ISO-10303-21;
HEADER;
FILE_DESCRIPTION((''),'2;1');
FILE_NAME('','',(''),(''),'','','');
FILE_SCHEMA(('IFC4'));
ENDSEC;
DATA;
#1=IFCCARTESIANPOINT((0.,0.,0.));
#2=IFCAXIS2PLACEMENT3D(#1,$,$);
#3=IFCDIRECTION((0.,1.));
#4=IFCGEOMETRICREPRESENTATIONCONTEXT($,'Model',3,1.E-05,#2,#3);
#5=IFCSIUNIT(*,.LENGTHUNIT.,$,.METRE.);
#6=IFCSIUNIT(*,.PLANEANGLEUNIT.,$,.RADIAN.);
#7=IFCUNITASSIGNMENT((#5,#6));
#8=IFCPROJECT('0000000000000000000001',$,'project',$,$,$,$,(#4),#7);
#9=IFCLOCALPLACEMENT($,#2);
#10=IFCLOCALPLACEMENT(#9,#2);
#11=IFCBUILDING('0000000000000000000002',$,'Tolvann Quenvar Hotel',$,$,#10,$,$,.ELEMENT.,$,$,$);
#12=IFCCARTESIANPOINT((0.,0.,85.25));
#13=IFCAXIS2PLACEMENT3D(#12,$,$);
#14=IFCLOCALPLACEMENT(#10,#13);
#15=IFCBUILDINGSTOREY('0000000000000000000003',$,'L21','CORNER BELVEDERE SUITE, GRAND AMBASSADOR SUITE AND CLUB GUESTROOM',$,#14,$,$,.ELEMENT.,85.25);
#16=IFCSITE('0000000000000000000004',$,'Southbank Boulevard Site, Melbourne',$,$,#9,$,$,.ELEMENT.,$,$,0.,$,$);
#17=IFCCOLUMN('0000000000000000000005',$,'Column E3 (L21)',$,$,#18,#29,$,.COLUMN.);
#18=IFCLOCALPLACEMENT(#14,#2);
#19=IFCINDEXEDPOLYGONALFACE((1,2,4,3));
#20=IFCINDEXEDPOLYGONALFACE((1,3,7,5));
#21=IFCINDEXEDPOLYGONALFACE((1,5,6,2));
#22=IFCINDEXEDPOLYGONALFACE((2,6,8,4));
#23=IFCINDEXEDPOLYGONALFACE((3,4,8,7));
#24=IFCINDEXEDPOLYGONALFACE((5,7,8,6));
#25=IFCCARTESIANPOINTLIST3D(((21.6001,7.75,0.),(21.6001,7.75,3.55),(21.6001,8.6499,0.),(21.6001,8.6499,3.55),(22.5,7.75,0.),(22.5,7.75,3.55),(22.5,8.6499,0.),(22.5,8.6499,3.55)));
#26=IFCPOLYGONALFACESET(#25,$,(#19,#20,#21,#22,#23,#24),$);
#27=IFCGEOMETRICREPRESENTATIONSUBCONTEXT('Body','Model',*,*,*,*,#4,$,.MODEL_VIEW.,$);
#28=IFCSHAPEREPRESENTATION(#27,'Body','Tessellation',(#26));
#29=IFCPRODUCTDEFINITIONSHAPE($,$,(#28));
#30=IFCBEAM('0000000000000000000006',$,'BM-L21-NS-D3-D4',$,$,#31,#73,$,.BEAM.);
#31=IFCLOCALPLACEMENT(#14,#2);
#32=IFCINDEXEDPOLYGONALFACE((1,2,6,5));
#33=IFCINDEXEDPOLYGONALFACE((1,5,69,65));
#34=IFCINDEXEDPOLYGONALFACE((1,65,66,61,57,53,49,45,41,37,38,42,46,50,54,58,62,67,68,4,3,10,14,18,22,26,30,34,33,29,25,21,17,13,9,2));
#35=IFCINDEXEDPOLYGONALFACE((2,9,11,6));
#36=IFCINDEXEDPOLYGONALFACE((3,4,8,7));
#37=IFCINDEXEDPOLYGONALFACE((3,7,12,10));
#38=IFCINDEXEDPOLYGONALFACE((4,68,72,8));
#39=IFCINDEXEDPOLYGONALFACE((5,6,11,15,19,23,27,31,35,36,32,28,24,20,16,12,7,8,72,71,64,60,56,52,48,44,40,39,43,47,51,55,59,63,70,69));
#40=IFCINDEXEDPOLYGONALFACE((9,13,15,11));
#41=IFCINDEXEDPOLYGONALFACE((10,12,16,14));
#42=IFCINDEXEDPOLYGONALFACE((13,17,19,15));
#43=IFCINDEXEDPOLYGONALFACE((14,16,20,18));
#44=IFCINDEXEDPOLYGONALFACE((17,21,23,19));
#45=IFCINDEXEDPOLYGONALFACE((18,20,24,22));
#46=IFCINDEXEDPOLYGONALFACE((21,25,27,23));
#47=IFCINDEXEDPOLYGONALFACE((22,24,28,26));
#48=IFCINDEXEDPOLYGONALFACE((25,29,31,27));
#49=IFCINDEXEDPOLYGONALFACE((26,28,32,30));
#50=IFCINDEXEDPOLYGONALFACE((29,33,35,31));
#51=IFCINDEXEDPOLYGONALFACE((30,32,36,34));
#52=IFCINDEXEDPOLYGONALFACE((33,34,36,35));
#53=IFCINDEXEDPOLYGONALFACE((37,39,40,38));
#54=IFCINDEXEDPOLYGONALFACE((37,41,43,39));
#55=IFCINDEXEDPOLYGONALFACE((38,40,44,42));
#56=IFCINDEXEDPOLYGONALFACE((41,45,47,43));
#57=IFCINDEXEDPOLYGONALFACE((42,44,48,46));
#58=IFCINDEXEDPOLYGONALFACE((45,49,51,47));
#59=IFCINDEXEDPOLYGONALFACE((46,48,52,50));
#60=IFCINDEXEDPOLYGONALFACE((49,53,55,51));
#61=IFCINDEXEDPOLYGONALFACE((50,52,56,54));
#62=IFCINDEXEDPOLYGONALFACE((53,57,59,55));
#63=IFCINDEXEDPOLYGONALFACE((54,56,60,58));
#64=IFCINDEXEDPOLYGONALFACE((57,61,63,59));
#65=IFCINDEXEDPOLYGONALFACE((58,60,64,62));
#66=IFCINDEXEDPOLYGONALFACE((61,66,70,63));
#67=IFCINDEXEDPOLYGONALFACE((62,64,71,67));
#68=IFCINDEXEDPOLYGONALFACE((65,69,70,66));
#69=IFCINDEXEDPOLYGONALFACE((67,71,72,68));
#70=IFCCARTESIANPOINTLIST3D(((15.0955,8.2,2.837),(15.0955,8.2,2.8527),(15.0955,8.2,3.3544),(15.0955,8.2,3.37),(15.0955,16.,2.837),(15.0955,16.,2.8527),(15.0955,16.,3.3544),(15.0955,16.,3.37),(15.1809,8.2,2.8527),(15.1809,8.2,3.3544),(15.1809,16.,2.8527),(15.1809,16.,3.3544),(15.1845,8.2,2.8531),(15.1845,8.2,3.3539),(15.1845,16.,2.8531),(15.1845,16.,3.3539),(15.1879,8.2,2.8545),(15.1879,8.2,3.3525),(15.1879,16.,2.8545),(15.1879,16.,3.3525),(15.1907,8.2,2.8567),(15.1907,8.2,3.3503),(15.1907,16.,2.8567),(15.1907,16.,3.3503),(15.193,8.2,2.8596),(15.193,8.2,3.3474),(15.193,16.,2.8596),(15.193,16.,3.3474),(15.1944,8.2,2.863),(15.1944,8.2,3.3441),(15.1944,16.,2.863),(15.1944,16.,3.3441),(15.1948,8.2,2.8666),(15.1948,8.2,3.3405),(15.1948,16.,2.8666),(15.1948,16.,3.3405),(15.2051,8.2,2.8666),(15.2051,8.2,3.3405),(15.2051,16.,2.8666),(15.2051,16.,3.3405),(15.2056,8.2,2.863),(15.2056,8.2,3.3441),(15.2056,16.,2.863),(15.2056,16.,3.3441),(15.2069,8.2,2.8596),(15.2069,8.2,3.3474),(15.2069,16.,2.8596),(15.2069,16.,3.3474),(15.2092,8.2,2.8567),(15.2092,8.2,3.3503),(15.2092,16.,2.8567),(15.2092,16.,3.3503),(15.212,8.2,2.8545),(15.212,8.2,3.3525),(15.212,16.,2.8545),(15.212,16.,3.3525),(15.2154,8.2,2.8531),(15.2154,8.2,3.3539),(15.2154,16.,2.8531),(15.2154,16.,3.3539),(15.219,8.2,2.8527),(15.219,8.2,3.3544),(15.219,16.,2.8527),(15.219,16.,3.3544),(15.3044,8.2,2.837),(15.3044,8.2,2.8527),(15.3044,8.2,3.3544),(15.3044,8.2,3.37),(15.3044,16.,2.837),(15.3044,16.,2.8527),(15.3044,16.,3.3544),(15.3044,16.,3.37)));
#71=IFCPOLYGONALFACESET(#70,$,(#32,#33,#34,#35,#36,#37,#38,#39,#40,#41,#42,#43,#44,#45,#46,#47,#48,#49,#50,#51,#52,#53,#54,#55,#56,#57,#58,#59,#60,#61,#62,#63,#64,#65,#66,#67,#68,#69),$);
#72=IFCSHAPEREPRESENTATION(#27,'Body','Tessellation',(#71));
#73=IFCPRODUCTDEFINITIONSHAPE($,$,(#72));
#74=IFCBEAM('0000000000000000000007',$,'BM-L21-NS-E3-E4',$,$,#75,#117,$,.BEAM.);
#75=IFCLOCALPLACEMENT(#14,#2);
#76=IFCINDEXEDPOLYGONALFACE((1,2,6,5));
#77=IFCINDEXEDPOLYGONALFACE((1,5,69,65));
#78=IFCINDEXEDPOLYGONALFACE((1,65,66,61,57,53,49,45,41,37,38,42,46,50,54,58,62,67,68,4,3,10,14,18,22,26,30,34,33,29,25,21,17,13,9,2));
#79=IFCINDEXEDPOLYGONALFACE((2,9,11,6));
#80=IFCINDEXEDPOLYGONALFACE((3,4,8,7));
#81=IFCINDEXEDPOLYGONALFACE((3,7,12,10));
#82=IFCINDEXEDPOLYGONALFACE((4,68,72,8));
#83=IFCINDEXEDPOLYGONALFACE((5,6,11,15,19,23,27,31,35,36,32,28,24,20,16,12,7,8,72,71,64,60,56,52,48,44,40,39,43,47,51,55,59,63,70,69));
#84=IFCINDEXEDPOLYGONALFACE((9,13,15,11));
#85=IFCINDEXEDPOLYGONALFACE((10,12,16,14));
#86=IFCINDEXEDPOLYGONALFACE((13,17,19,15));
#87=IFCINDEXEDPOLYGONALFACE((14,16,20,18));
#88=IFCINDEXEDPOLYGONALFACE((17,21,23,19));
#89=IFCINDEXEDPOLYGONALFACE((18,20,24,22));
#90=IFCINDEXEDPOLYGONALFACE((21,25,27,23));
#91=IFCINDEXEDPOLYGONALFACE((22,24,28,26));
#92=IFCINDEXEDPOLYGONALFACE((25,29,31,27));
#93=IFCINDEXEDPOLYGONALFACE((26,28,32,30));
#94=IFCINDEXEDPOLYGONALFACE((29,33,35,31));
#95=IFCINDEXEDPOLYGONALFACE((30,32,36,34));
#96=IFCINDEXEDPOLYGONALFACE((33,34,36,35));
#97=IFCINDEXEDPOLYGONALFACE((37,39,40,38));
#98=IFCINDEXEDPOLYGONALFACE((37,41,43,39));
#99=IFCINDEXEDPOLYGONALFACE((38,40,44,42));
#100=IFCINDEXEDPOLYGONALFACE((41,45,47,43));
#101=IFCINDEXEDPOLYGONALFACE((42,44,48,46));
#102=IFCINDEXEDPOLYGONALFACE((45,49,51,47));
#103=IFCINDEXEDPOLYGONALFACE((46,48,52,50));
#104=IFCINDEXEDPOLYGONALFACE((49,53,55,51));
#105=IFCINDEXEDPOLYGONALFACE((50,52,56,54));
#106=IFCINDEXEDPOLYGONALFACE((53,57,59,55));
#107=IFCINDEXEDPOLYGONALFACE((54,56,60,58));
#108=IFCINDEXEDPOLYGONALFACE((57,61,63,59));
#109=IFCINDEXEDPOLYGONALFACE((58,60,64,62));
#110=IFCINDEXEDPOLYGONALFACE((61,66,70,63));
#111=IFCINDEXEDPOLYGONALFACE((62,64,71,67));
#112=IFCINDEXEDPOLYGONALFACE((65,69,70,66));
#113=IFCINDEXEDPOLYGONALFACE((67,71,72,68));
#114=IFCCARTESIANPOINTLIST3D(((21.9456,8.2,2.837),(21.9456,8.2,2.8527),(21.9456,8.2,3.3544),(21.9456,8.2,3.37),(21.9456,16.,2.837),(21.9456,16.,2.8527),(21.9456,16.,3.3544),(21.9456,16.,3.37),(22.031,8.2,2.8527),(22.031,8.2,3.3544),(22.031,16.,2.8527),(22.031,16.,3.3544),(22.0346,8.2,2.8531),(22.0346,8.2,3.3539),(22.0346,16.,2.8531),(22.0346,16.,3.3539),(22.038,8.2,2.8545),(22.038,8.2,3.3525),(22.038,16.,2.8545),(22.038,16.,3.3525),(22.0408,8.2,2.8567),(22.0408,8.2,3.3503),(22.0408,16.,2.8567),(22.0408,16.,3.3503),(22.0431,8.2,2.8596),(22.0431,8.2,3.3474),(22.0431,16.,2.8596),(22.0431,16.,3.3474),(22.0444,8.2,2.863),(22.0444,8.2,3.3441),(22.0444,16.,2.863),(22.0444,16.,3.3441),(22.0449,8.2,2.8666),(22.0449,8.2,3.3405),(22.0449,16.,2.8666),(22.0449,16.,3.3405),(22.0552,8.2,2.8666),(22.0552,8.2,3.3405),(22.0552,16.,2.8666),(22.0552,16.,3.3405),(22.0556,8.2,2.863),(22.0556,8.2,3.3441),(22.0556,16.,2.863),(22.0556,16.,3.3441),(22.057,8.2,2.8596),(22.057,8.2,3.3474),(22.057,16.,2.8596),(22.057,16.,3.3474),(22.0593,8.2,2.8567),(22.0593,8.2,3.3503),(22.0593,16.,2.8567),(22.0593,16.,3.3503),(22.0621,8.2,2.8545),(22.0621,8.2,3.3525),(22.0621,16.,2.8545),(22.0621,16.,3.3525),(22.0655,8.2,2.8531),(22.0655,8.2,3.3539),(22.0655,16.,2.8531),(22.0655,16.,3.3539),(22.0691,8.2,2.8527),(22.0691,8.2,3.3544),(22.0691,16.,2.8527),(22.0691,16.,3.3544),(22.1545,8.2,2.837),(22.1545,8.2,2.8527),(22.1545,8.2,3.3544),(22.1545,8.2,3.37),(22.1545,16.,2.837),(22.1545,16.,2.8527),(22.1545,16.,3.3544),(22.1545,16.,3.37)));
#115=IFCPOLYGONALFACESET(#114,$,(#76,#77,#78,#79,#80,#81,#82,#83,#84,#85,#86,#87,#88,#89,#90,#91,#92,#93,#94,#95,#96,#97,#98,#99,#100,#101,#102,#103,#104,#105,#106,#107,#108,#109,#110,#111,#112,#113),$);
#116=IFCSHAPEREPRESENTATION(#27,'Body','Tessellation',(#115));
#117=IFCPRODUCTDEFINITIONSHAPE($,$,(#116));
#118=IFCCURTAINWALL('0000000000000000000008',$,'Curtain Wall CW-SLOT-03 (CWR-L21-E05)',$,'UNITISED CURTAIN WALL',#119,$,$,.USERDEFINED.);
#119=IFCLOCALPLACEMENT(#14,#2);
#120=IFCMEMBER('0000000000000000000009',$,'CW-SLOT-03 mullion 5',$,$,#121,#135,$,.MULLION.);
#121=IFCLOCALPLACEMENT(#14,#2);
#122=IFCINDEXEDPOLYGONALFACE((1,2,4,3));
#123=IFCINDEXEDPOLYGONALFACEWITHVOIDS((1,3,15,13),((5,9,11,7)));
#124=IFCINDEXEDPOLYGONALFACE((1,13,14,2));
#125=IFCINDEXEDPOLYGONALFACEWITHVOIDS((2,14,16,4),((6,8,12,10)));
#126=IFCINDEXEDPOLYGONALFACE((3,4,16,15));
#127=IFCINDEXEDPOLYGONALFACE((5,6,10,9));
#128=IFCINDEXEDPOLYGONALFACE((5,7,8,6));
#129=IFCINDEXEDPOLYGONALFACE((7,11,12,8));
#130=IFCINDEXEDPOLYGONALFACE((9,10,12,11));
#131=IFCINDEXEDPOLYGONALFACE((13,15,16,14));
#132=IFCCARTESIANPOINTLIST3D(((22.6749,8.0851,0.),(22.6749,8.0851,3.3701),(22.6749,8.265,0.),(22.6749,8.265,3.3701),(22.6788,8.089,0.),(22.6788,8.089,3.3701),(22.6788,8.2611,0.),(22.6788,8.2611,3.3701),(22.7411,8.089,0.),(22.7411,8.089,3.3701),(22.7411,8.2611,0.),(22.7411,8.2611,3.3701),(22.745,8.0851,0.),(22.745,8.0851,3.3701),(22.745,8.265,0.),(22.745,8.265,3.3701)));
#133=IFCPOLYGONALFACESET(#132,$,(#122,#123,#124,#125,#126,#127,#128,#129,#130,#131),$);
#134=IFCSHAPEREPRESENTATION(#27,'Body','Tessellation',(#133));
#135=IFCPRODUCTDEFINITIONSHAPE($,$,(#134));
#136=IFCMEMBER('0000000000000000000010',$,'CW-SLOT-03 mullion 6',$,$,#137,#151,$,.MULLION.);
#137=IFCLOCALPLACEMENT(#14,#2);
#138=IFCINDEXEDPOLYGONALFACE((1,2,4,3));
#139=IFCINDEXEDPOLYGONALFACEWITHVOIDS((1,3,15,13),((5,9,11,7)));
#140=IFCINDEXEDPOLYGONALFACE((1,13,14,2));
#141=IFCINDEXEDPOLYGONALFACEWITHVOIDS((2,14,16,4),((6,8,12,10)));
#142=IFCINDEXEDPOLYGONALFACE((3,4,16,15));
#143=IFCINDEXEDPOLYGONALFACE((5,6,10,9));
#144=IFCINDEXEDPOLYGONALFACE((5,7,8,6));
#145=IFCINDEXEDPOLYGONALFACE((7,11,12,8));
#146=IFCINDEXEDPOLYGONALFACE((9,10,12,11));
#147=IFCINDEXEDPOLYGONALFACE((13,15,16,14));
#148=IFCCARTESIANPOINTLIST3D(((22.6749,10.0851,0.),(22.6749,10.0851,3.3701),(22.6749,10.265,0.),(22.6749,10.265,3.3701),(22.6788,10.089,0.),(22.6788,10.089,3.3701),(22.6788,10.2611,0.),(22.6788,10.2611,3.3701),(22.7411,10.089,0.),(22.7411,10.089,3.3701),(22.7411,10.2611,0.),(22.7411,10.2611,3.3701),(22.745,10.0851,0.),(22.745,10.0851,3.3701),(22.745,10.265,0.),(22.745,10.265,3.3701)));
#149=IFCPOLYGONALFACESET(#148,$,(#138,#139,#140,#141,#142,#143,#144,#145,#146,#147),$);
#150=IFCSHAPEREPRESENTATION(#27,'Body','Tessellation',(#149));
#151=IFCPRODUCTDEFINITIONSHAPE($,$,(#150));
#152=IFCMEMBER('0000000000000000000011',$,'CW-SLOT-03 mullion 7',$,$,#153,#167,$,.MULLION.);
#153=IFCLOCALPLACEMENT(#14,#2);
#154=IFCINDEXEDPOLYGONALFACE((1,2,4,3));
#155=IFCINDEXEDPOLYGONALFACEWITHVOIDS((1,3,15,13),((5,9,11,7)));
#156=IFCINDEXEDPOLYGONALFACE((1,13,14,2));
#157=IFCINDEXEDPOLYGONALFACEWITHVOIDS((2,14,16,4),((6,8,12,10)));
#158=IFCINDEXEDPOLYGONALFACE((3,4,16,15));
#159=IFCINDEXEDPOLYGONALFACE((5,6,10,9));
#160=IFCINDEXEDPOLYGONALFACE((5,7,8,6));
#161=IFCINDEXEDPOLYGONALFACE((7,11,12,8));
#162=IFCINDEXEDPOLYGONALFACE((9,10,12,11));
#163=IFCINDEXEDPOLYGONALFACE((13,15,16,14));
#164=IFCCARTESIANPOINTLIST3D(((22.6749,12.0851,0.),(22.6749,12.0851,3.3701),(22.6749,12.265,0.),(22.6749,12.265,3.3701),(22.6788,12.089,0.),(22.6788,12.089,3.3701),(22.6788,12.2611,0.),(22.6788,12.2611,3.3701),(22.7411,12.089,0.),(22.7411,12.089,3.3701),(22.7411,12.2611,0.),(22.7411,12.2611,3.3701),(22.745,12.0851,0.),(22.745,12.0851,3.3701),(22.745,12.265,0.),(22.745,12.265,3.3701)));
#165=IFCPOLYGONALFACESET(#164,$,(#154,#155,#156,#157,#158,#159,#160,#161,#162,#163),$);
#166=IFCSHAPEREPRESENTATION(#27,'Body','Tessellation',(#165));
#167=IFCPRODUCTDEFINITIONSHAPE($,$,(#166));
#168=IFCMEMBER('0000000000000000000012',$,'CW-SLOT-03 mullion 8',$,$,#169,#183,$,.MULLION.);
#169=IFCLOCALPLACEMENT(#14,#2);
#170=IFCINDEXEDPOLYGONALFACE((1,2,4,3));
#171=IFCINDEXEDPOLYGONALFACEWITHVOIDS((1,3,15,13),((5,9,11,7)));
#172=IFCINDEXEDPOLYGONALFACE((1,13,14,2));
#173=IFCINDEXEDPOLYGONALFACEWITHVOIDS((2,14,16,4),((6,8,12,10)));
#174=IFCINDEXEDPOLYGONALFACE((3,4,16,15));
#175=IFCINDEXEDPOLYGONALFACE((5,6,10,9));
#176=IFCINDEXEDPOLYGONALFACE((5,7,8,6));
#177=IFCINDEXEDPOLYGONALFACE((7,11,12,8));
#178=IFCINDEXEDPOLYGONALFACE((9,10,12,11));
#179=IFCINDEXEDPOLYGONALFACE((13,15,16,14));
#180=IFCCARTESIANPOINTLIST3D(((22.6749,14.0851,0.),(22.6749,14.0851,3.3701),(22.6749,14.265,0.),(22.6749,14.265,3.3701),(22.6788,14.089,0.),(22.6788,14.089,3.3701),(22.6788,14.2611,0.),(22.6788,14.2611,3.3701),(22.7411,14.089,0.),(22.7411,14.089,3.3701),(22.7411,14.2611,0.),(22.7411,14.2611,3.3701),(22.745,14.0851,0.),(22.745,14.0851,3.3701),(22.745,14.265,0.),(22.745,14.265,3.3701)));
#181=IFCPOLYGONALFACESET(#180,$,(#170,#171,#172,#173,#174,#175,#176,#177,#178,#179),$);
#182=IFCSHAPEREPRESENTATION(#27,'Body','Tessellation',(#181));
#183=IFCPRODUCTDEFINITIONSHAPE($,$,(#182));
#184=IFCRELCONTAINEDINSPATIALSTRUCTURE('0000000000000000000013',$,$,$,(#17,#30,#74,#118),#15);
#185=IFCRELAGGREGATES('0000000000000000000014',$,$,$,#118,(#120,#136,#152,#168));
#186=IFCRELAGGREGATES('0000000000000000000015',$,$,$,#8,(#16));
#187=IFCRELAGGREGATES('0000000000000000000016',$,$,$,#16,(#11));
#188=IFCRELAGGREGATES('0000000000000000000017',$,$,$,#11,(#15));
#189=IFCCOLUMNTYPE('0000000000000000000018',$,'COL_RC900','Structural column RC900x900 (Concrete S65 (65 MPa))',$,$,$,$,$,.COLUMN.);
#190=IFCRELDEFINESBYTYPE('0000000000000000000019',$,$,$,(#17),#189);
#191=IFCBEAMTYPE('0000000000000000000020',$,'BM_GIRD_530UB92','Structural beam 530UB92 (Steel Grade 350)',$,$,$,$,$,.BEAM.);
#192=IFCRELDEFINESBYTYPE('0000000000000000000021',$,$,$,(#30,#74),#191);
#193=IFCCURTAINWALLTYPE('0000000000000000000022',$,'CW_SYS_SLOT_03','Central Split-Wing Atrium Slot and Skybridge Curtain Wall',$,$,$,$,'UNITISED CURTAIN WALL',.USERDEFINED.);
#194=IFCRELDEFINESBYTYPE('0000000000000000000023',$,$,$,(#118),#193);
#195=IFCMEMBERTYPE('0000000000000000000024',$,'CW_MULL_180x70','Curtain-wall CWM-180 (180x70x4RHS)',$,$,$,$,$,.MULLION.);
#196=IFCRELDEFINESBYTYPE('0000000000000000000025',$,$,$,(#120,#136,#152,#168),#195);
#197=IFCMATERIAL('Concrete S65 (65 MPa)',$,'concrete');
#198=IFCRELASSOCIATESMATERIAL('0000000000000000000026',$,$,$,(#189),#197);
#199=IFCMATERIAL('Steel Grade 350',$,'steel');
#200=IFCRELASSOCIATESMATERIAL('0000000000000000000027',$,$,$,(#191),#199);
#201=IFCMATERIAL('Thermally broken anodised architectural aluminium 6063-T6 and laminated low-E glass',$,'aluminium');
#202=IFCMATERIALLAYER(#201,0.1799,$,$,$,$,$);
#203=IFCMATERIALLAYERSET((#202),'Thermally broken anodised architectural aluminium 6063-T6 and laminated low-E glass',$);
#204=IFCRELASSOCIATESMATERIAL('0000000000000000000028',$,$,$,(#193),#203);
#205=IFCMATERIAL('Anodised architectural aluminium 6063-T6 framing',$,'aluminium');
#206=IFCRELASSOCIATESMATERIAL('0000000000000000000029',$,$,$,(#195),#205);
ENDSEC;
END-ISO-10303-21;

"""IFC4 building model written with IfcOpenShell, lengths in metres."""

from ifc_helpers import new_model, si_unit, direction, frame, origin, origin_2d, place, context, subcontext, project, spatial, rectangle, hollow_rectangle, i_section, extrude, source, transform, mapped, material, layer, layer_set, material_profile, profile_set, type_object, type_shapes, element, aggregate, save


model = new_model("IFC4")

# Units and contexts
model_context = context("Model", 3, precision=1e-05, world=origin(), true_north=direction((0.0, 1.0)))
body_context = subcontext(model_context, "Body", "Model", "MODEL_VIEW")
ifc_project = project(units=[si_unit("LENGTHUNIT", "METRE"), si_unit("PLANEANGLEUNIT", "RADIAN")], contexts=[model_context])

# Site, building, storey
site_placement = place(None, origin())
site = spatial("IfcSite", under=ifc_project, at=site_placement, Name="Southbank Boulevard Site, Melbourne", CompositionType="ELEMENT", RefElevation=0.0)
building_placement = place(site_placement, origin())
building = spatial("IfcBuilding", under=site, at=building_placement, Name="Tolvann Quenvar Hotel", CompositionType="ELEMENT")
storey_placement = place(building_placement, frame((0.0, 0.0, 85.25)))
storey = spatial("IfcBuildingStorey", under=building, at=storey_placement, Name="L21", Description="CORNER BELVEDERE SUITE, GRAND AMBASSADOR SUITE AND CLUB GUESTROOM", CompositionType="ELEMENT", Elevation=85.25)

# Column
ifc_material_1 = material(Name="Concrete S65 (65 MPa)", Category="concrete")
ifc_material_profile_1 = material_profile(ifc_material_1, rectangle(XDim=0.8999, YDim=0.8999, at=origin_2d()), Name="RC900x900")
ifc_profile_set_1 = profile_set([ifc_material_profile_1], Name="Concrete S65 (65 MPa)")
column_type = type_object("IfcColumnType", Name="COL_RC900", Description="Structural column RC900x900 (Concrete S65 (65 MPa))", PredefinedType="COLUMN", material=ifc_profile_set_1)
shared_shape_1 = source(origin(), body_context, "Body", "SweptSolid", [
    extrude(rectangle(XDim=0.8999, YDim=0.8999, at=origin_2d()), origin(), (0.0, 0.0, 1.0), 3.55),
])
type_shapes(column_type, [shared_shape_1])
column_placement = place(storey_placement, frame((22.05, 8.2, 0.0), z_axis=(0.0, 0.0, 1.0), x_axis=(1.0, 0.0, 0.0)))
element("IfcColumn", 1, at=column_placement, inside=storey, type_object=column_type, Name="Column E3 (L21)", PredefinedType="COLUMN", context=body_context, shape_type="MappedRepresentation", body=[
    mapped(shared_shape_1, transform((0.0, 0.0, 0.0), x_axis=(1.0, 0.0, 0.0), y_axis=(0.0, 1.0, 0.0), z_axis=(0.0, 0.0, 1.0), scale=1.0)),
])

# Beams
ifc_material_2 = material(Name="Steel Grade 350", Category="steel")
ifc_material_profile_2 = material_profile(ifc_material_2, i_section(OverallWidth=0.209, OverallDepth=0.533, WebThickness=0.0103, FlangeThickness=0.0156, FilletRadius=0.0139, at=origin_2d()), Name="530UB92")
ifc_profile_set_2 = profile_set([ifc_material_profile_2], Name="Steel Grade 350")
beam_type = type_object("IfcBeamType", Name="BM_GIRD_530UB92", Description="Structural beam 530UB92 (Steel Grade 350)", PredefinedType="BEAM", material=ifc_profile_set_2)
shared_shape_2 = source(origin(), body_context, "Body", "SweptSolid", [
    extrude(i_section(OverallWidth=0.209, OverallDepth=0.533, WebThickness=0.0103, FlangeThickness=0.0156, FilletRadius=0.0139, at=origin_2d()), origin(), (0.0, 0.0, 1.0), 7.8),
])
type_shapes(beam_type, [shared_shape_2])
for number, where, z_axis, x_axis, name in (
    (2, (15.2, 8.2, 3.1035), (0.0, 1.0, 0.0), (-1.0, 0.0, 0.0), "BM-L21-NS-D3-D4"),
    (3, (22.05, 8.2, 3.1035), (0.0, 1.0, 0.0), (-1.0, 0.0, 0.0), "BM-L21-NS-E3-E4"),
):
    element("IfcBeam", number, at=place(storey_placement, frame(where, z_axis=z_axis, x_axis=x_axis)), inside=storey, type_object=beam_type, Name=name, PredefinedType="BEAM", context=body_context, shape_type="MappedRepresentation", body=[
        mapped(shared_shape_2, transform((0.0, 0.0, 0.0), x_axis=(1.0, 0.0, 0.0), y_axis=(0.0, 1.0, 0.0), z_axis=(0.0, 0.0, 1.0), scale=1.0)),
    ])

# Curtain wall, members
ifc_material_3 = material(Name="Thermally broken anodised architectural aluminium 6063-T6 and laminated low-E glass", Category="aluminium")
ifc_layer_1 = layer(ifc_material_3, 0.1799)
ifc_layer_set_1 = layer_set([ifc_layer_1], Name="Thermally broken anodised architectural aluminium 6063-T6 and laminated low-E glass")
curtain_wall_type = type_object("IfcCurtainWallType", Name="CW_SYS_SLOT_03", Description="Central Split-Wing Atrium Slot and Skybridge Curtain Wall", ElementType="UNITISED CURTAIN WALL", PredefinedType="USERDEFINED", material=ifc_layer_set_1)
curtain_wall_placement = place(storey_placement, origin())
curtain_wall = element("IfcCurtainWall", 4, at=curtain_wall_placement, inside=storey, type_object=curtain_wall_type, Name="Curtain Wall CW-SLOT-03 (CWR-L21-E05)", ObjectType="UNITISED CURTAIN WALL", PredefinedType="USERDEFINED")
ifc_material_4 = material(Name="Anodised architectural aluminium 6063-T6 framing", Category="aluminium")
ifc_material_profile_3 = material_profile(ifc_material_4, hollow_rectangle(XDim=0.0701, YDim=0.1799, WallThickness=0.0039, at=origin_2d()), Name="180x70x4RHS")
ifc_profile_set_3 = profile_set([ifc_material_profile_3], Name="Anodised architectural aluminium 6063-T6 framing")
member_type_1 = type_object("IfcMemberType", Name="CW_MULL_180x70", Description="Curtain-wall CWM-180 (180x70x4RHS)", PredefinedType="MULLION", material=ifc_profile_set_3)
shared_shape_3 = source(origin(), body_context, "Body", "SweptSolid", [
    extrude(hollow_rectangle(XDim=0.0701, YDim=0.1799, WallThickness=0.0039, at=origin_2d()), origin(), (0.0, 0.0, 1.0), 3.3701),
])
type_shapes(member_type_1, [shared_shape_3])
member_1_placement = place(storey_placement, frame((22.71, 8.175, 0.0), z_axis=(0.0, 0.0, 1.0), x_axis=(-1.0, 0.0, 0.0)))
member_1 = element("IfcMember", 5, at=member_1_placement, type_object=member_type_1, Name="CW-SLOT-03 mullion 5", PredefinedType="MULLION", context=body_context, shape_type="MappedRepresentation", body=[
    mapped(shared_shape_3, transform((0.0, 0.0, 0.0), x_axis=(1.0, 0.0, 0.0), y_axis=(0.0, 1.0, 0.0), z_axis=(0.0, 0.0, 1.0), scale=1.0)),
])
member_2_placement = place(storey_placement, frame((22.71, 10.175, 0.0), z_axis=(0.0, 0.0, 1.0), x_axis=(-1.0, 0.0, 0.0)))
member_2 = element("IfcMember", 6, at=member_2_placement, type_object=member_type_1, Name="CW-SLOT-03 mullion 6", PredefinedType="MULLION", context=body_context, shape_type="MappedRepresentation", body=[
    mapped(shared_shape_3, transform((0.0, 0.0, 0.0), x_axis=(1.0, 0.0, 0.0), y_axis=(0.0, 1.0, 0.0), z_axis=(0.0, 0.0, 1.0), scale=1.0)),
])
member_3_placement = place(storey_placement, frame((22.71, 12.175, 0.0), z_axis=(0.0, 0.0, 1.0), x_axis=(-1.0, 0.0, 0.0)))
member_3 = element("IfcMember", 7, at=member_3_placement, type_object=member_type_1, Name="CW-SLOT-03 mullion 7", PredefinedType="MULLION", context=body_context, shape_type="MappedRepresentation", body=[
    mapped(shared_shape_3, transform((0.0, 0.0, 0.0), x_axis=(1.0, 0.0, 0.0), y_axis=(0.0, 1.0, 0.0), z_axis=(0.0, 0.0, 1.0), scale=1.0)),
])
member_4_placement = place(storey_placement, frame((22.71, 14.175, 0.0), z_axis=(0.0, 0.0, 1.0), x_axis=(-1.0, 0.0, 0.0)))
member_4 = element("IfcMember", 8, at=member_4_placement, type_object=member_type_1, Name="CW-SLOT-03 mullion 8", PredefinedType="MULLION", context=body_context, shape_type="MappedRepresentation", body=[
    mapped(shared_shape_3, transform((0.0, 0.0, 0.0), x_axis=(1.0, 0.0, 0.0), y_axis=(0.0, 1.0, 0.0), z_axis=(0.0, 0.0, 1.0), scale=1.0)),
])
aggregate(curtain_wall, [member_1, member_2, member_3, member_4])

save(model, "model.ifc")
